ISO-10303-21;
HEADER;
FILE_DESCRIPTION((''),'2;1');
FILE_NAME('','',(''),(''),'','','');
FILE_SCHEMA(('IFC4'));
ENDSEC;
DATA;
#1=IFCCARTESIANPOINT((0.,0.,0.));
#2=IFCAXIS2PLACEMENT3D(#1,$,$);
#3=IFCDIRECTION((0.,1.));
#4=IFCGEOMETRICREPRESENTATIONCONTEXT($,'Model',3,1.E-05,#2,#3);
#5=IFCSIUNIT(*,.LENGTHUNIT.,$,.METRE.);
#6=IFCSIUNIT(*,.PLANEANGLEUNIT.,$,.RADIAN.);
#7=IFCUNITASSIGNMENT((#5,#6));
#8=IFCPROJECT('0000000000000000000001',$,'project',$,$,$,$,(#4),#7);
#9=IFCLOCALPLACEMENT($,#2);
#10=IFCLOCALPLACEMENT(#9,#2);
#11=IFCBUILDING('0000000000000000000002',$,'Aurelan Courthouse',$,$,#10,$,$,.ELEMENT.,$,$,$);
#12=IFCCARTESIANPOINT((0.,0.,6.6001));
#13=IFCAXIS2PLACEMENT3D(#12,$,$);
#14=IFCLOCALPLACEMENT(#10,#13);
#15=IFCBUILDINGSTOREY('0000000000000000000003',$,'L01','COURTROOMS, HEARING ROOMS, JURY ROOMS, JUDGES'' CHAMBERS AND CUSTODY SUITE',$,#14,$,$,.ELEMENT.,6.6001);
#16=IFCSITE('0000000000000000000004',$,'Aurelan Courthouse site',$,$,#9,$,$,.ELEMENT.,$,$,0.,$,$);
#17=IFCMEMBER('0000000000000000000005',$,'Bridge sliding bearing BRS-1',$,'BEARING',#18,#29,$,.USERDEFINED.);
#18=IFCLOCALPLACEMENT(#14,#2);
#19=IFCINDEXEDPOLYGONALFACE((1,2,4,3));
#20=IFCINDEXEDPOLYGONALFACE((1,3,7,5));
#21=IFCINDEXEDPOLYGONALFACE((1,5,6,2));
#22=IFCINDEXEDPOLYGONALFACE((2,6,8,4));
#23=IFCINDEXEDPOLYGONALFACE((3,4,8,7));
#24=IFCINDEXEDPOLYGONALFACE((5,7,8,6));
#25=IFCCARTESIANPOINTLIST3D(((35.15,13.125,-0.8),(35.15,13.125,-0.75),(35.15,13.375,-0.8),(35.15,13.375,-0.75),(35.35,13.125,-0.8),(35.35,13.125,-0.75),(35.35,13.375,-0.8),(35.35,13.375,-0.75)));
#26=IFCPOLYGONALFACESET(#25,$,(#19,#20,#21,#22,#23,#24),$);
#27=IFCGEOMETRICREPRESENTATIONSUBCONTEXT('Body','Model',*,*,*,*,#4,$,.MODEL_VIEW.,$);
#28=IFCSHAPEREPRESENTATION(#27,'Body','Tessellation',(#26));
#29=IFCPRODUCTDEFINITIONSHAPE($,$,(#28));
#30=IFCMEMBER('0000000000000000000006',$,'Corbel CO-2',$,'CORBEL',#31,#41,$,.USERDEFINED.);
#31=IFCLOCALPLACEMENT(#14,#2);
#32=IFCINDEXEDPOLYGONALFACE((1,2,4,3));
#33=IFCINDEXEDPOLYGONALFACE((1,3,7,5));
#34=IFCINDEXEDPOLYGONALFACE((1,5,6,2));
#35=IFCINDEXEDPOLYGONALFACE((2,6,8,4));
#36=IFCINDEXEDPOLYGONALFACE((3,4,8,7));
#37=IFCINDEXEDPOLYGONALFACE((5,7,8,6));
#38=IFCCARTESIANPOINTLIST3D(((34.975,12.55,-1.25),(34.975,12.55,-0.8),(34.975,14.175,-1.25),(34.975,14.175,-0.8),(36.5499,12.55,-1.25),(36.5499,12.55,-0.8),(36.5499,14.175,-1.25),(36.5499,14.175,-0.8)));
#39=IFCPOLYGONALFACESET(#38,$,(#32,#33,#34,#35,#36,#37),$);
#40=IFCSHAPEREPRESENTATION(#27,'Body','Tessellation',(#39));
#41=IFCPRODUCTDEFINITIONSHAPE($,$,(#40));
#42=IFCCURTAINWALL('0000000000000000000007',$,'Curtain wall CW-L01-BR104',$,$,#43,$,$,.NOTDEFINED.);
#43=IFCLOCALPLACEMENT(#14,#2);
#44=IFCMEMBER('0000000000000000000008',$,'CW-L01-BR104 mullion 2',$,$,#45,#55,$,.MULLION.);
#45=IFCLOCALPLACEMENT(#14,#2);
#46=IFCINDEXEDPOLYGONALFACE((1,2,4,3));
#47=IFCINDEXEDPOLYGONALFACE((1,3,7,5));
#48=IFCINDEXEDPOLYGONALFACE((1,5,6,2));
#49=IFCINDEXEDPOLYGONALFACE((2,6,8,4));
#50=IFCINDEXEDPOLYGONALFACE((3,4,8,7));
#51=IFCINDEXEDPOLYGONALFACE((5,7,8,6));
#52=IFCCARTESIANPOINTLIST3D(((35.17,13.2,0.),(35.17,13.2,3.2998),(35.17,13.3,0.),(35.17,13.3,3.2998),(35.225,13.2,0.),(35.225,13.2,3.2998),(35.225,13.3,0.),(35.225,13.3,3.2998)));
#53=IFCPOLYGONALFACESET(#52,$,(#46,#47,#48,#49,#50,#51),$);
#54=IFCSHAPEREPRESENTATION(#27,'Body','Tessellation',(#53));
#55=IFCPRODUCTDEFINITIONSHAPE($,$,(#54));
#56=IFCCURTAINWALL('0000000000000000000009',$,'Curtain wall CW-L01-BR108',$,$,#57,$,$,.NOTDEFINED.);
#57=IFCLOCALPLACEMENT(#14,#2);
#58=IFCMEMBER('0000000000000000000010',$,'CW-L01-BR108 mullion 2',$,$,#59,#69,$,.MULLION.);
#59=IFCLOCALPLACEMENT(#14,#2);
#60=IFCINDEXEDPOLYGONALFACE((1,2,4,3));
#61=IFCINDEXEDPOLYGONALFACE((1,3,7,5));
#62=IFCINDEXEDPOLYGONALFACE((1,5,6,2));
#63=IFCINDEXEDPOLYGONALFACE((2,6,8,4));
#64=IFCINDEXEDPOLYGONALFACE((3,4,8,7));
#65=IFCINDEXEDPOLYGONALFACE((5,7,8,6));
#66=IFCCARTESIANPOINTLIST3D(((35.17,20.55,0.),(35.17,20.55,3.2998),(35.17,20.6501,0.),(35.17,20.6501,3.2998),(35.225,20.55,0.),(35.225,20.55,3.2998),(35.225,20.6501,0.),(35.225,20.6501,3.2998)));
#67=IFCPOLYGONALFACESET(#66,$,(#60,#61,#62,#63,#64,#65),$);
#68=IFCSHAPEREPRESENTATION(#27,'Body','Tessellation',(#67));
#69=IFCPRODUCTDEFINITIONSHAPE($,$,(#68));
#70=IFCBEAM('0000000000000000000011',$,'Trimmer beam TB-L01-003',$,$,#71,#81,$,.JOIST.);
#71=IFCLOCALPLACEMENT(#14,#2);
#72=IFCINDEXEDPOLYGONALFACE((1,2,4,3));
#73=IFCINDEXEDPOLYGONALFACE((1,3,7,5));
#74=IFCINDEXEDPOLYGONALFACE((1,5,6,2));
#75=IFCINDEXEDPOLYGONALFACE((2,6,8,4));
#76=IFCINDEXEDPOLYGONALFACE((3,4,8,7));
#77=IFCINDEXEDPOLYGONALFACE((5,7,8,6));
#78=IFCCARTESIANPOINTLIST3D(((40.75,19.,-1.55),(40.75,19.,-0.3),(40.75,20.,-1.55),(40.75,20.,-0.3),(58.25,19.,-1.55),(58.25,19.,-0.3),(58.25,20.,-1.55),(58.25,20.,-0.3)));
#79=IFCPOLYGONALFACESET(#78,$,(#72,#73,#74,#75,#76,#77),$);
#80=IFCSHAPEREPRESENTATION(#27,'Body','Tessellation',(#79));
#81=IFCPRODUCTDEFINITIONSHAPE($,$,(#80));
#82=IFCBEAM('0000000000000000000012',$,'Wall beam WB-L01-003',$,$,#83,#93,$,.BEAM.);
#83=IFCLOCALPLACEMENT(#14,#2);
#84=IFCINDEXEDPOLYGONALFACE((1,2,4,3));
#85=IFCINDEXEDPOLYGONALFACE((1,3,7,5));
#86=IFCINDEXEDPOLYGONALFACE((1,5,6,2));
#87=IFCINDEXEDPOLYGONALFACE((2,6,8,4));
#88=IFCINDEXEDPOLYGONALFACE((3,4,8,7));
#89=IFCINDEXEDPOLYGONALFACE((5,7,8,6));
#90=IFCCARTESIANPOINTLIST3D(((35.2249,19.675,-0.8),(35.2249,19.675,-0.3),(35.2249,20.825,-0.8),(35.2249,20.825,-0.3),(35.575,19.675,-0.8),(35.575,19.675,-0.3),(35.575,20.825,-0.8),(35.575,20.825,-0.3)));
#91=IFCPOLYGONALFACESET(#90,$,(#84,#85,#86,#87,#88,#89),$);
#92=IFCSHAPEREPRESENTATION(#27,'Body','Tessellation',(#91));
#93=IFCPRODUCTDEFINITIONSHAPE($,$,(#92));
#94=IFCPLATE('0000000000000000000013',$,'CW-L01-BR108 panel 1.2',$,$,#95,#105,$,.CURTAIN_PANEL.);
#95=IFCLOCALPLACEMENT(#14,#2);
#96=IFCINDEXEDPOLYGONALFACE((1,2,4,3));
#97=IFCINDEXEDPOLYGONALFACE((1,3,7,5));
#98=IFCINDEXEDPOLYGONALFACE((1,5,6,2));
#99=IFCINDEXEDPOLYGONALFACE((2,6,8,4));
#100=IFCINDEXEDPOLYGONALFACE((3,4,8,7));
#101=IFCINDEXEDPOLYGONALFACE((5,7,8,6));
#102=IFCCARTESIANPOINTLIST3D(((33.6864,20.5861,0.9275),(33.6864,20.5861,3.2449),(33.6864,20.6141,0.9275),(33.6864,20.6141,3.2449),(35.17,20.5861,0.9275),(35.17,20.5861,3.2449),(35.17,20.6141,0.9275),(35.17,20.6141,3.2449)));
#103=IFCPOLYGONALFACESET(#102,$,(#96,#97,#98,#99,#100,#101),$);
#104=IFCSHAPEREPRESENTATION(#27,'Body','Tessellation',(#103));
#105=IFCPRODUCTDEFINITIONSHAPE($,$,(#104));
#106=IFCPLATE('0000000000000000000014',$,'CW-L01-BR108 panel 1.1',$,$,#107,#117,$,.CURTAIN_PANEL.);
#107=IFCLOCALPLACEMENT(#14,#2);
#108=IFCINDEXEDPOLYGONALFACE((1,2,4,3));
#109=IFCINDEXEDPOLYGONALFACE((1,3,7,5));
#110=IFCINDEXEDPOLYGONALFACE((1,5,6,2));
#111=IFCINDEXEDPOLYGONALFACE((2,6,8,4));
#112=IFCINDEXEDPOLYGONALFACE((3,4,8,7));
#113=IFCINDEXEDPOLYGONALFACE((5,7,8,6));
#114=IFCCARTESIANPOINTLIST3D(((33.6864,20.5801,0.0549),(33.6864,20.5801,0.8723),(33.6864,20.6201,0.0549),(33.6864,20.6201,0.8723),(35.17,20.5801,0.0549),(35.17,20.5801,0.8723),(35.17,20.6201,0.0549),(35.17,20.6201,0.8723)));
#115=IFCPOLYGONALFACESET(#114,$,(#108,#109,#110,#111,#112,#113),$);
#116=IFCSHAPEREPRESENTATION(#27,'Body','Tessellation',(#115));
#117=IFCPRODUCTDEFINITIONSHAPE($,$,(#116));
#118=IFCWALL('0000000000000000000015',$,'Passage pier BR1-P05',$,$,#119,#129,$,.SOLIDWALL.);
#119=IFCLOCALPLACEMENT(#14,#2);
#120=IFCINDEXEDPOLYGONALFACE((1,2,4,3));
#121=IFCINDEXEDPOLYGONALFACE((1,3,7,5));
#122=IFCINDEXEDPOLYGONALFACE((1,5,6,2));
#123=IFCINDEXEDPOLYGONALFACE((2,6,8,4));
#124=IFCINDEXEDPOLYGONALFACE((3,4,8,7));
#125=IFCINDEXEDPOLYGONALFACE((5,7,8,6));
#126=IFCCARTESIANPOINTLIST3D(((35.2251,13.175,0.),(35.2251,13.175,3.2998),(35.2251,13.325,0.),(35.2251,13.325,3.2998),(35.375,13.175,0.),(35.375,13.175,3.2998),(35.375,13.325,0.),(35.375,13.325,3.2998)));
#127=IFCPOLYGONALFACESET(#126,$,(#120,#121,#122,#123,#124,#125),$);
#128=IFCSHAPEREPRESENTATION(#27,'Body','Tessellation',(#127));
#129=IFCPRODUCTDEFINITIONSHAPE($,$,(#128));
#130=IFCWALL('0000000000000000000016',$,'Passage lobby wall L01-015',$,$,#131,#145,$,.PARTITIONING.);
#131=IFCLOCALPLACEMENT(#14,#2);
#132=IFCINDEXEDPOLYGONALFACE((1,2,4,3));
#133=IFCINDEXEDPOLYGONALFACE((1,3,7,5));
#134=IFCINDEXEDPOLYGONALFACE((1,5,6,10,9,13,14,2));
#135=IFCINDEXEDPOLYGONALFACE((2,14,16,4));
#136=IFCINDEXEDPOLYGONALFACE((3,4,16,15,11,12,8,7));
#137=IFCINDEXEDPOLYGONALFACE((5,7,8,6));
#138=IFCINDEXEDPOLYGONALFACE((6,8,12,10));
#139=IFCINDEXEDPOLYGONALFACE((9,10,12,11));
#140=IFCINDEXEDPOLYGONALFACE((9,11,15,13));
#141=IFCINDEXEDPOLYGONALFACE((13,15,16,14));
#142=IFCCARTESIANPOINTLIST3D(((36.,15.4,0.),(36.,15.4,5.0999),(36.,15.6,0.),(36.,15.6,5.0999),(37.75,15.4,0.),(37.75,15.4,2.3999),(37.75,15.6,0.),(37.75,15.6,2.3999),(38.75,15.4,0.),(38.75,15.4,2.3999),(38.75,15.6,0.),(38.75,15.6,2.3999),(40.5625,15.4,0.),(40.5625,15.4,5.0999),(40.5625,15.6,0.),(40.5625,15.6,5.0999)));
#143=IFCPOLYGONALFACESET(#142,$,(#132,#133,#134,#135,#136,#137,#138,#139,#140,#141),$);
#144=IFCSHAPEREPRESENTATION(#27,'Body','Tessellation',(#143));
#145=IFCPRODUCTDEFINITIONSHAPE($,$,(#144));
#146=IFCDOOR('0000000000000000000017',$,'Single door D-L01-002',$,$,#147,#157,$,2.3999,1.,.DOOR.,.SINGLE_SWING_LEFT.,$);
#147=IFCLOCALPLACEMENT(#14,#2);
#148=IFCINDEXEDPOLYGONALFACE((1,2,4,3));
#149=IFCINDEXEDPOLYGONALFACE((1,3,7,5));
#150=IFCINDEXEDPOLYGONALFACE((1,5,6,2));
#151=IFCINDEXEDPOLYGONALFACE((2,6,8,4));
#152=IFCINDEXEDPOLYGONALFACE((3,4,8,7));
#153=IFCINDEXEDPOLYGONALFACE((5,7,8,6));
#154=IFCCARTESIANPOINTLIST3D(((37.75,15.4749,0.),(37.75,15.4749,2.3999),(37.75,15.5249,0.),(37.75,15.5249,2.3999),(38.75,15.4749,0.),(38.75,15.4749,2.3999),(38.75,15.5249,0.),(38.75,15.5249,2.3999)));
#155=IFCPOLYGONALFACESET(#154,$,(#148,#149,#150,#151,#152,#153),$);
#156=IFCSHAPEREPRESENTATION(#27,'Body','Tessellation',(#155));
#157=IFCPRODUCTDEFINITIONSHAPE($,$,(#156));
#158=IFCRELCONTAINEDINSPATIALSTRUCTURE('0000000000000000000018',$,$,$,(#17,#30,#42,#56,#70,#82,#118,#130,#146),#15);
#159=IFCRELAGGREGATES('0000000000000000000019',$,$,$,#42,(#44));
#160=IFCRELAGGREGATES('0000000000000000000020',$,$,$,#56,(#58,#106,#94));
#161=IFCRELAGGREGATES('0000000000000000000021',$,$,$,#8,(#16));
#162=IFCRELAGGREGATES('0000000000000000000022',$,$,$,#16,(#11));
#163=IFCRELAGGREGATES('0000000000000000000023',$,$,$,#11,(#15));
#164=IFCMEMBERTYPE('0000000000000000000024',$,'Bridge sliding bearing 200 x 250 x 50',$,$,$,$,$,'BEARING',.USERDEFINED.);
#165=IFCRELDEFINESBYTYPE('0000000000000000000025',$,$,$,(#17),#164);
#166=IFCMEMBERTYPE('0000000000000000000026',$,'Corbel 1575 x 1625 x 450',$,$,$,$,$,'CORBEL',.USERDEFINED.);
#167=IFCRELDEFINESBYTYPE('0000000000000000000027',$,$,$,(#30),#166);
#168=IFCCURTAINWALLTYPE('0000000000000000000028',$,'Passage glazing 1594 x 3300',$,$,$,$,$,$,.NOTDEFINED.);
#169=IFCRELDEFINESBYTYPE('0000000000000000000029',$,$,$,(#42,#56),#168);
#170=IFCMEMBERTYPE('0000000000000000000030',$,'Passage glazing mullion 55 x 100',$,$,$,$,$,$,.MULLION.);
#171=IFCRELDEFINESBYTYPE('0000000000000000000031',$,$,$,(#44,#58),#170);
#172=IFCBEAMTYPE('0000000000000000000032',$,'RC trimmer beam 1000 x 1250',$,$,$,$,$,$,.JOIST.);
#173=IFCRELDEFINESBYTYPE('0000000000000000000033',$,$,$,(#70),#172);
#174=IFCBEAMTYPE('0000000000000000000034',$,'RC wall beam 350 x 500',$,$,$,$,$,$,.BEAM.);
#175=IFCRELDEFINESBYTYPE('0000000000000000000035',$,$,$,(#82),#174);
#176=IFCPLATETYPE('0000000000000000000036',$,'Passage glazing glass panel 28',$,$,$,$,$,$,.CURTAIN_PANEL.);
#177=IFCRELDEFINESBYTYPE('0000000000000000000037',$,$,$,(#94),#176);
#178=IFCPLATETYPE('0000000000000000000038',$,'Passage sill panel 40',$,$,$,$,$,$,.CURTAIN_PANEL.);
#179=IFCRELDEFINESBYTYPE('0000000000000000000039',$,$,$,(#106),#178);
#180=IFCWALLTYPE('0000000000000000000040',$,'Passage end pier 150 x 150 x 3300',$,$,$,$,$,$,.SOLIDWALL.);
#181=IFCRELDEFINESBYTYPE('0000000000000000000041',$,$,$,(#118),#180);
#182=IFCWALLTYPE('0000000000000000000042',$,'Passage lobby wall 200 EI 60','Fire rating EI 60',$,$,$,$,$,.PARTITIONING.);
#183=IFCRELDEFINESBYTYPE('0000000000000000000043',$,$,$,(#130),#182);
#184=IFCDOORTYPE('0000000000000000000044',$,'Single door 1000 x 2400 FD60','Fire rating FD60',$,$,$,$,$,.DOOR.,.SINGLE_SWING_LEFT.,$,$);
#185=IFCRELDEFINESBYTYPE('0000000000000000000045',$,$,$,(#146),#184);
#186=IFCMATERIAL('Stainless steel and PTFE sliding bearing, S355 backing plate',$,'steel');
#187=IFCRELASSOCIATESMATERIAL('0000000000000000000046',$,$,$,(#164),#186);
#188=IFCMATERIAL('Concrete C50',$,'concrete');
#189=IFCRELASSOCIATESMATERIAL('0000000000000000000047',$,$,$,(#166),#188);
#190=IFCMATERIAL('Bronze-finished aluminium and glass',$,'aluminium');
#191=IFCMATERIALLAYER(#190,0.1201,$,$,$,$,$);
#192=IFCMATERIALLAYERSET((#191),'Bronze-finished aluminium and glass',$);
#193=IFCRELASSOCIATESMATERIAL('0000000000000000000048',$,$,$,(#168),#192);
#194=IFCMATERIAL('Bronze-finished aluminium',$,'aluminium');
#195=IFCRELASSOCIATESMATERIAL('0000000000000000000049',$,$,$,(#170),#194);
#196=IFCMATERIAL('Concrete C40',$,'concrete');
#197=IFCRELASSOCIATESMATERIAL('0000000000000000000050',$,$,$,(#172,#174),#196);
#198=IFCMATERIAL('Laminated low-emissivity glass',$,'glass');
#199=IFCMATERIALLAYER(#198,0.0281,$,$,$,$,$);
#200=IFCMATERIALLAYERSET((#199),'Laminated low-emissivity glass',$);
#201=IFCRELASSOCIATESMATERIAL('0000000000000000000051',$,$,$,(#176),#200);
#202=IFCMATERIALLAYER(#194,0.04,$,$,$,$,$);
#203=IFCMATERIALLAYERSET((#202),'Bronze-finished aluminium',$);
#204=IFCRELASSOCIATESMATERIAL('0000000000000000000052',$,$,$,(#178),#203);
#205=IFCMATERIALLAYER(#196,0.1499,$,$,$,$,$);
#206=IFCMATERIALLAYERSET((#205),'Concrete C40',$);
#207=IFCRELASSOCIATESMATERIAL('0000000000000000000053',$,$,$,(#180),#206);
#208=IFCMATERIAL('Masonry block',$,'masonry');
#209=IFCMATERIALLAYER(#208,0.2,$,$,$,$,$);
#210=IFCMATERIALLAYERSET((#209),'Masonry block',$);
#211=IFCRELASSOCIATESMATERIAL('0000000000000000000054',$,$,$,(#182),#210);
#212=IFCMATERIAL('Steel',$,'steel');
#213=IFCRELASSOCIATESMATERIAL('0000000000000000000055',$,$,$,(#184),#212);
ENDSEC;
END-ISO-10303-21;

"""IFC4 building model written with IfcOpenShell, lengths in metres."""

from ifc_helpers import new_model, si_unit, direction, frame, frame_2d, origin, origin_2d, place, context, subcontext, project, spatial, rectangle, extrude, material, layer, layer_set, material_profile, profile_set, type_object, element, fill, aggregate, save


model = new_model("IFC4")

# Units and contexts
model_context = context("Model", 3, precision=1e-05, world=origin(), true_north=direction((0.0, 1.0)))
body_context = subcontext(model_context, "Body", "Model", "MODEL_VIEW")
ifc_project = project(units=[si_unit("LENGTHUNIT", "METRE"), si_unit("PLANEANGLEUNIT", "RADIAN")], contexts=[model_context])

# Site, building, storey
site_placement = place(None, origin())
site = spatial("IfcSite", under=ifc_project, at=site_placement, Name="Aurelan Courthouse site", CompositionType="ELEMENT", RefElevation=0.0)
building_placement = place(site_placement, origin())
building = spatial("IfcBuilding", under=site, at=building_placement, Name="Aurelan Courthouse", CompositionType="ELEMENT")
storey_placement = place(building_placement, frame((0.0, 0.0, 6.6001)))
storey = spatial("IfcBuildingStorey", under=building, at=storey_placement, Name="L01", Description="COURTROOMS, HEARING ROOMS, JURY ROOMS, JUDGES' CHAMBERS AND CUSTODY SUITE", CompositionType="ELEMENT", Elevation=6.6001)

# Members
ifc_material_1 = material(Name="Stainless steel and PTFE sliding bearing, S355 backing plate", Category="steel")
ifc_material_profile_1 = material_profile(ifc_material_1, rectangle(XDim=0.2, YDim=0.25, at=origin_2d()), Name="PL 200 x 250")
ifc_profile_set_1 = profile_set([ifc_material_profile_1], Name="Stainless steel and PTFE sliding bearing, S355 backing plate")
member_type_1 = type_object("IfcMemberType", Name="Bridge sliding bearing 200 x 250 x 50", ElementType="BEARING", PredefinedType="USERDEFINED", material=ifc_profile_set_1)
member_1_placement = place(storey_placement, frame((35.25, 13.25, -0.8), z_axis=(0.0, 0.0, 1.0), x_axis=(1.0, 0.0, 0.0)))
element("IfcMember", 1, at=member_1_placement, inside=storey, type_object=member_type_1, Name="Bridge sliding bearing BRS-1", ObjectType="BEARING", PredefinedType="USERDEFINED", context=body_context, shape_type="SweptSolid", body=[
    extrude(rectangle(XDim=0.2, YDim=0.25, at=origin_2d()), origin(), (0.0, 0.0, 1.0), 0.05),
])
ifc_material_2 = material(Name="Concrete C50", Category="concrete")
member_type_2 = type_object("IfcMemberType", Name="Corbel 1575 x 1625 x 450", ElementType="CORBEL", PredefinedType="USERDEFINED", material=ifc_material_2)
member_2_placement = place(storey_placement, frame((35.7625, 13.3625, -1.25), z_axis=(0.0, 0.0, 1.0), x_axis=(1.0, 0.0, 0.0)))
element("IfcMember", 2, at=member_2_placement, inside=storey, type_object=member_type_2, Name="Corbel CO-2", ObjectType="CORBEL", PredefinedType="USERDEFINED", context=body_context, shape_type="SweptSolid", body=[
    extrude(rectangle(XDim=1.575, YDim=1.625, at=origin_2d()), origin(), (0.0, 0.0, 1.0), 0.45),
])

# Curtain walls, members
ifc_material_3 = material(Name="Bronze-finished aluminium and glass", Category="aluminium")
ifc_layer_1 = layer(ifc_material_3, 0.1201)
ifc_layer_set_1 = layer_set([ifc_layer_1], Name="Bronze-finished aluminium and glass")
curtain_wall_type = type_object("IfcCurtainWallType", Name="Passage glazing 1594 x 3300", PredefinedType="NOTDEFINED", material=ifc_layer_set_1)
curtain_wall_1_placement = place(storey_placement, origin())
curtain_wall_1 = element("IfcCurtainWall", 3, at=curtain_wall_1_placement, inside=storey, type_object=curtain_wall_type, Name="Curtain wall CW-L01-BR104", PredefinedType="NOTDEFINED")
ifc_material_4 = material(Name="Bronze-finished aluminium", Category="aluminium")
ifc_material_profile_2 = material_profile(ifc_material_4, rectangle(XDim=0.1001, YDim=0.0549, at=origin_2d()), Name="Passage glazing mullion 55 x 100")
ifc_profile_set_2 = profile_set([ifc_material_profile_2], Name="Bronze-finished aluminium")
member_type_3 = type_object("IfcMemberType", Name="Passage glazing mullion 55 x 100", PredefinedType="MULLION", material=ifc_profile_set_2)
member_3_placement = place(storey_placement, frame((35.1975, 13.25, 0.0), z_axis=(0.0, 0.0, 1.0), x_axis=(0.0, 1.0, 0.0)))
member_3 = element("IfcMember", 4, at=member_3_placement, type_object=member_type_3, Name="CW-L01-BR104 mullion 2", PredefinedType="MULLION", context=body_context, shape_type="SweptSolid", body=[
    extrude(rectangle(XDim=0.1001, YDim=0.0549, at=origin_2d()), origin(), (0.0, 0.0, 1.0), 3.2998),
])
aggregate(curtain_wall_1, [member_3])
curtain_wall_2_placement = place(storey_placement, origin())
curtain_wall_2 = element("IfcCurtainWall", 5, at=curtain_wall_2_placement, inside=storey, type_object=curtain_wall_type, Name="Curtain wall CW-L01-BR108", PredefinedType="NOTDEFINED")
member_4_placement = place(storey_placement, frame((35.1975, 20.6001, 0.0), z_axis=(0.0, 0.0, 1.0), x_axis=(0.0, 1.0, 0.0)))
member_4 = element("IfcMember", 6, at=member_4_placement, type_object=member_type_3, Name="CW-L01-BR108 mullion 2", PredefinedType="MULLION", context=body_context, shape_type="SweptSolid", body=[
    extrude(rectangle(XDim=0.1001, YDim=0.0549, at=origin_2d()), origin(), (0.0, 0.0, 1.0), 3.2998),
])

# Beams
ifc_material_5 = material(Name="Concrete C40", Category="concrete")
ifc_material_profile_3 = material_profile(ifc_material_5, rectangle(XDim=1.0, YDim=1.25, at=origin_2d()), Name="RC 1000 x 1250")
ifc_profile_set_3 = profile_set([ifc_material_profile_3], Name="Concrete C40")
beam_type_1 = type_object("IfcBeamType", Name="RC trimmer beam 1000 x 1250", PredefinedType="JOIST", material=ifc_profile_set_3)
beam_1_placement = place(storey_placement, frame((40.75, 19.5, -0.925), z_axis=(1.0, 0.0, 0.0), x_axis=(0.0, 1.0, 0.0)))
element("IfcBeam", 7, at=beam_1_placement, inside=storey, type_object=beam_type_1, Name="Trimmer beam TB-L01-003", PredefinedType="JOIST", context=body_context, shape_type="SweptSolid", body=[
    extrude(rectangle(XDim=1.0, YDim=1.25, at=origin_2d()), origin(), (0.0, 0.0, 1.0), 17.5),
])
ifc_material_profile_4 = material_profile(ifc_material_5, rectangle(XDim=0.3501, YDim=0.5, at=origin_2d()), Name="RC 350 x 500")
ifc_profile_set_4 = profile_set([ifc_material_profile_4], Name="Concrete C40")
beam_type_2 = type_object("IfcBeamType", Name="RC wall beam 350 x 500", PredefinedType="BEAM", material=ifc_profile_set_4)
beam_2_placement = place(storey_placement, frame((35.3999, 19.675, -0.55), z_axis=(0.0, 1.0, 0.0), x_axis=(-1.0, 0.0, 0.0)))
element("IfcBeam", 8, at=beam_2_placement, inside=storey, type_object=beam_type_2, Name="Wall beam WB-L01-003", PredefinedType="BEAM", context=body_context, shape_type="SweptSolid", body=[
    extrude(rectangle(XDim=0.3501, YDim=0.5, at=origin_2d()), origin(), (0.0, 0.0, 1.0), 1.1499),
])

# Plates
ifc_material_6 = material(Name="Laminated low-emissivity glass", Category="glass")
ifc_layer_2 = layer(ifc_material_6, 0.0281)
ifc_layer_set_2 = layer_set([ifc_layer_2], Name="Laminated low-emissivity glass")
plate_type_1 = type_object("IfcPlateType", Name="Passage glazing glass panel 28", PredefinedType="CURTAIN_PANEL", material=ifc_layer_set_2)
plate_1_placement = place(storey_placement, frame((34.4282, 20.6001, 0.9275), z_axis=(0.0, 0.0, 1.0), x_axis=(1.0, 0.0, 0.0)))
plate_1 = element("IfcPlate", 9, at=plate_1_placement, type_object=plate_type_1, Name="CW-L01-BR108 panel 1.2", PredefinedType="CURTAIN_PANEL", context=body_context, shape_type="SweptSolid", body=[
    extrude(rectangle(XDim=1.4836, YDim=0.0281, at=origin_2d()), origin(), (0.0, 0.0, 1.0), 2.3174),
])
ifc_layer_3 = layer(ifc_material_4, 0.04)
ifc_layer_set_3 = layer_set([ifc_layer_3], Name="Bronze-finished aluminium")
plate_type_2 = type_object("IfcPlateType", Name="Passage sill panel 40", PredefinedType="CURTAIN_PANEL", material=ifc_layer_set_3)
plate_2_placement = place(storey_placement, frame((34.4282, 20.6001, 0.0549), z_axis=(0.0, 0.0, 1.0), x_axis=(1.0, 0.0, 0.0)))
plate_2 = element("IfcPlate", 10, at=plate_2_placement, type_object=plate_type_2, Name="CW-L01-BR108 panel 1.1", PredefinedType="CURTAIN_PANEL", context=body_context, shape_type="SweptSolid", body=[
    extrude(rectangle(XDim=1.4836, YDim=0.04, at=origin_2d()), origin(), (0.0, 0.0, 1.0), 0.8174),
])
aggregate(curtain_wall_2, [member_4, plate_2, plate_1])

# Wall
ifc_layer_4 = layer(ifc_material_5, 0.1499)
ifc_layer_set_4 = layer_set([ifc_layer_4], Name="Concrete C40")
wall_type_1 = type_object("IfcWallType", Name="Passage end pier 150 x 150 x 3300", PredefinedType="SOLIDWALL", material=ifc_layer_set_4)
wall_1_placement = place(storey_placement, frame((35.2251, 13.25, 0.0), z_axis=(0.0, 0.0, 1.0), x_axis=(1.0, 0.0, 0.0)))
element("IfcWall", 11, at=wall_1_placement, inside=storey, type_object=wall_type_1, Name="Passage pier BR1-P05", PredefinedType="SOLIDWALL", context=body_context, shape_type="SweptSolid", body=[
    extrude(rectangle(XDim=0.1499, YDim=0.1499, at=frame_2d((0.075, 0.0))), origin(), (0.0, 0.0, 1.0), 3.2998),
])

# Wall, opening, door
ifc_material_7 = material(Name="Masonry block", Category="masonry")
ifc_layer_5 = layer(ifc_material_7, 0.2)
ifc_layer_set_5 = layer_set([ifc_layer_5], Name="Masonry block")
wall_type_2 = type_object("IfcWallType", Name="Passage lobby wall 200 EI 60", Description="Fire rating EI 60", PredefinedType="PARTITIONING", material=ifc_layer_set_5)
wall_2_placement = place(storey_placement, frame((36.0, 15.5, 0.0), z_axis=(0.0, 0.0, 1.0), x_axis=(1.0, 0.0, 0.0)))
wall_2 = element("IfcWall", 12, at=wall_2_placement, inside=storey, type_object=wall_type_2, Name="Passage lobby wall L01-015", PredefinedType="PARTITIONING", context=body_context, shape_type="SweptSolid", body=[
    extrude(rectangle(XDim=4.5625, YDim=0.2, at=frame_2d((2.2812, 0.0))), origin(), (0.0, 0.0, 1.0), 5.0999),
])
opening_1_placement = place(wall_2_placement, frame((1.75, 0.0, 0.0)))
opening_1 = element("IfcOpeningElement", 13, at=opening_1_placement, cuts=wall_2, PredefinedType="OPENING", context=body_context, shape_type="SweptSolid", body=[
    extrude(rectangle(XDim=1.0, YDim=2.3999, at=frame_2d((0.5, 1.2))), frame((0.0, 0.1099, 0.0), z_axis=(0.0, -1.0, 0.0), x_axis=(1.0, 0.0, 0.0)), (0.0, 0.0, 1.0), 0.22),
])
ifc_material_8 = material(Name="Steel", Category="steel")
door_type_1 = type_object("IfcDoorType", Name="Single door 1000 x 2400 FD60", Description="Fire rating FD60", OperationType="SINGLE_SWING_LEFT", PredefinedType="DOOR", material=ifc_material_8)
door_1_placement = place(opening_1_placement, origin())
door_1 = element("IfcDoor", 14, at=door_1_placement, inside=storey, type_object=door_type_1, Name="Single door D-L01-002", OperationType="SINGLE_SWING_LEFT", OverallHeight=2.3999, OverallWidth=1.0, PredefinedType="DOOR", context=body_context, shape_type="SweptSolid", body=[
    extrude(rectangle(XDim=1.0, YDim=2.3999, at=frame_2d((0.5, 1.2))), frame((0.0, 0.0249, 0.0), z_axis=(0.0, -1.0, 0.0), x_axis=(1.0, 0.0, 0.0)), (0.0, 0.0, 1.0), 0.05),
])
fill(opening_1, door_1)

save(model, "model.ifc")
